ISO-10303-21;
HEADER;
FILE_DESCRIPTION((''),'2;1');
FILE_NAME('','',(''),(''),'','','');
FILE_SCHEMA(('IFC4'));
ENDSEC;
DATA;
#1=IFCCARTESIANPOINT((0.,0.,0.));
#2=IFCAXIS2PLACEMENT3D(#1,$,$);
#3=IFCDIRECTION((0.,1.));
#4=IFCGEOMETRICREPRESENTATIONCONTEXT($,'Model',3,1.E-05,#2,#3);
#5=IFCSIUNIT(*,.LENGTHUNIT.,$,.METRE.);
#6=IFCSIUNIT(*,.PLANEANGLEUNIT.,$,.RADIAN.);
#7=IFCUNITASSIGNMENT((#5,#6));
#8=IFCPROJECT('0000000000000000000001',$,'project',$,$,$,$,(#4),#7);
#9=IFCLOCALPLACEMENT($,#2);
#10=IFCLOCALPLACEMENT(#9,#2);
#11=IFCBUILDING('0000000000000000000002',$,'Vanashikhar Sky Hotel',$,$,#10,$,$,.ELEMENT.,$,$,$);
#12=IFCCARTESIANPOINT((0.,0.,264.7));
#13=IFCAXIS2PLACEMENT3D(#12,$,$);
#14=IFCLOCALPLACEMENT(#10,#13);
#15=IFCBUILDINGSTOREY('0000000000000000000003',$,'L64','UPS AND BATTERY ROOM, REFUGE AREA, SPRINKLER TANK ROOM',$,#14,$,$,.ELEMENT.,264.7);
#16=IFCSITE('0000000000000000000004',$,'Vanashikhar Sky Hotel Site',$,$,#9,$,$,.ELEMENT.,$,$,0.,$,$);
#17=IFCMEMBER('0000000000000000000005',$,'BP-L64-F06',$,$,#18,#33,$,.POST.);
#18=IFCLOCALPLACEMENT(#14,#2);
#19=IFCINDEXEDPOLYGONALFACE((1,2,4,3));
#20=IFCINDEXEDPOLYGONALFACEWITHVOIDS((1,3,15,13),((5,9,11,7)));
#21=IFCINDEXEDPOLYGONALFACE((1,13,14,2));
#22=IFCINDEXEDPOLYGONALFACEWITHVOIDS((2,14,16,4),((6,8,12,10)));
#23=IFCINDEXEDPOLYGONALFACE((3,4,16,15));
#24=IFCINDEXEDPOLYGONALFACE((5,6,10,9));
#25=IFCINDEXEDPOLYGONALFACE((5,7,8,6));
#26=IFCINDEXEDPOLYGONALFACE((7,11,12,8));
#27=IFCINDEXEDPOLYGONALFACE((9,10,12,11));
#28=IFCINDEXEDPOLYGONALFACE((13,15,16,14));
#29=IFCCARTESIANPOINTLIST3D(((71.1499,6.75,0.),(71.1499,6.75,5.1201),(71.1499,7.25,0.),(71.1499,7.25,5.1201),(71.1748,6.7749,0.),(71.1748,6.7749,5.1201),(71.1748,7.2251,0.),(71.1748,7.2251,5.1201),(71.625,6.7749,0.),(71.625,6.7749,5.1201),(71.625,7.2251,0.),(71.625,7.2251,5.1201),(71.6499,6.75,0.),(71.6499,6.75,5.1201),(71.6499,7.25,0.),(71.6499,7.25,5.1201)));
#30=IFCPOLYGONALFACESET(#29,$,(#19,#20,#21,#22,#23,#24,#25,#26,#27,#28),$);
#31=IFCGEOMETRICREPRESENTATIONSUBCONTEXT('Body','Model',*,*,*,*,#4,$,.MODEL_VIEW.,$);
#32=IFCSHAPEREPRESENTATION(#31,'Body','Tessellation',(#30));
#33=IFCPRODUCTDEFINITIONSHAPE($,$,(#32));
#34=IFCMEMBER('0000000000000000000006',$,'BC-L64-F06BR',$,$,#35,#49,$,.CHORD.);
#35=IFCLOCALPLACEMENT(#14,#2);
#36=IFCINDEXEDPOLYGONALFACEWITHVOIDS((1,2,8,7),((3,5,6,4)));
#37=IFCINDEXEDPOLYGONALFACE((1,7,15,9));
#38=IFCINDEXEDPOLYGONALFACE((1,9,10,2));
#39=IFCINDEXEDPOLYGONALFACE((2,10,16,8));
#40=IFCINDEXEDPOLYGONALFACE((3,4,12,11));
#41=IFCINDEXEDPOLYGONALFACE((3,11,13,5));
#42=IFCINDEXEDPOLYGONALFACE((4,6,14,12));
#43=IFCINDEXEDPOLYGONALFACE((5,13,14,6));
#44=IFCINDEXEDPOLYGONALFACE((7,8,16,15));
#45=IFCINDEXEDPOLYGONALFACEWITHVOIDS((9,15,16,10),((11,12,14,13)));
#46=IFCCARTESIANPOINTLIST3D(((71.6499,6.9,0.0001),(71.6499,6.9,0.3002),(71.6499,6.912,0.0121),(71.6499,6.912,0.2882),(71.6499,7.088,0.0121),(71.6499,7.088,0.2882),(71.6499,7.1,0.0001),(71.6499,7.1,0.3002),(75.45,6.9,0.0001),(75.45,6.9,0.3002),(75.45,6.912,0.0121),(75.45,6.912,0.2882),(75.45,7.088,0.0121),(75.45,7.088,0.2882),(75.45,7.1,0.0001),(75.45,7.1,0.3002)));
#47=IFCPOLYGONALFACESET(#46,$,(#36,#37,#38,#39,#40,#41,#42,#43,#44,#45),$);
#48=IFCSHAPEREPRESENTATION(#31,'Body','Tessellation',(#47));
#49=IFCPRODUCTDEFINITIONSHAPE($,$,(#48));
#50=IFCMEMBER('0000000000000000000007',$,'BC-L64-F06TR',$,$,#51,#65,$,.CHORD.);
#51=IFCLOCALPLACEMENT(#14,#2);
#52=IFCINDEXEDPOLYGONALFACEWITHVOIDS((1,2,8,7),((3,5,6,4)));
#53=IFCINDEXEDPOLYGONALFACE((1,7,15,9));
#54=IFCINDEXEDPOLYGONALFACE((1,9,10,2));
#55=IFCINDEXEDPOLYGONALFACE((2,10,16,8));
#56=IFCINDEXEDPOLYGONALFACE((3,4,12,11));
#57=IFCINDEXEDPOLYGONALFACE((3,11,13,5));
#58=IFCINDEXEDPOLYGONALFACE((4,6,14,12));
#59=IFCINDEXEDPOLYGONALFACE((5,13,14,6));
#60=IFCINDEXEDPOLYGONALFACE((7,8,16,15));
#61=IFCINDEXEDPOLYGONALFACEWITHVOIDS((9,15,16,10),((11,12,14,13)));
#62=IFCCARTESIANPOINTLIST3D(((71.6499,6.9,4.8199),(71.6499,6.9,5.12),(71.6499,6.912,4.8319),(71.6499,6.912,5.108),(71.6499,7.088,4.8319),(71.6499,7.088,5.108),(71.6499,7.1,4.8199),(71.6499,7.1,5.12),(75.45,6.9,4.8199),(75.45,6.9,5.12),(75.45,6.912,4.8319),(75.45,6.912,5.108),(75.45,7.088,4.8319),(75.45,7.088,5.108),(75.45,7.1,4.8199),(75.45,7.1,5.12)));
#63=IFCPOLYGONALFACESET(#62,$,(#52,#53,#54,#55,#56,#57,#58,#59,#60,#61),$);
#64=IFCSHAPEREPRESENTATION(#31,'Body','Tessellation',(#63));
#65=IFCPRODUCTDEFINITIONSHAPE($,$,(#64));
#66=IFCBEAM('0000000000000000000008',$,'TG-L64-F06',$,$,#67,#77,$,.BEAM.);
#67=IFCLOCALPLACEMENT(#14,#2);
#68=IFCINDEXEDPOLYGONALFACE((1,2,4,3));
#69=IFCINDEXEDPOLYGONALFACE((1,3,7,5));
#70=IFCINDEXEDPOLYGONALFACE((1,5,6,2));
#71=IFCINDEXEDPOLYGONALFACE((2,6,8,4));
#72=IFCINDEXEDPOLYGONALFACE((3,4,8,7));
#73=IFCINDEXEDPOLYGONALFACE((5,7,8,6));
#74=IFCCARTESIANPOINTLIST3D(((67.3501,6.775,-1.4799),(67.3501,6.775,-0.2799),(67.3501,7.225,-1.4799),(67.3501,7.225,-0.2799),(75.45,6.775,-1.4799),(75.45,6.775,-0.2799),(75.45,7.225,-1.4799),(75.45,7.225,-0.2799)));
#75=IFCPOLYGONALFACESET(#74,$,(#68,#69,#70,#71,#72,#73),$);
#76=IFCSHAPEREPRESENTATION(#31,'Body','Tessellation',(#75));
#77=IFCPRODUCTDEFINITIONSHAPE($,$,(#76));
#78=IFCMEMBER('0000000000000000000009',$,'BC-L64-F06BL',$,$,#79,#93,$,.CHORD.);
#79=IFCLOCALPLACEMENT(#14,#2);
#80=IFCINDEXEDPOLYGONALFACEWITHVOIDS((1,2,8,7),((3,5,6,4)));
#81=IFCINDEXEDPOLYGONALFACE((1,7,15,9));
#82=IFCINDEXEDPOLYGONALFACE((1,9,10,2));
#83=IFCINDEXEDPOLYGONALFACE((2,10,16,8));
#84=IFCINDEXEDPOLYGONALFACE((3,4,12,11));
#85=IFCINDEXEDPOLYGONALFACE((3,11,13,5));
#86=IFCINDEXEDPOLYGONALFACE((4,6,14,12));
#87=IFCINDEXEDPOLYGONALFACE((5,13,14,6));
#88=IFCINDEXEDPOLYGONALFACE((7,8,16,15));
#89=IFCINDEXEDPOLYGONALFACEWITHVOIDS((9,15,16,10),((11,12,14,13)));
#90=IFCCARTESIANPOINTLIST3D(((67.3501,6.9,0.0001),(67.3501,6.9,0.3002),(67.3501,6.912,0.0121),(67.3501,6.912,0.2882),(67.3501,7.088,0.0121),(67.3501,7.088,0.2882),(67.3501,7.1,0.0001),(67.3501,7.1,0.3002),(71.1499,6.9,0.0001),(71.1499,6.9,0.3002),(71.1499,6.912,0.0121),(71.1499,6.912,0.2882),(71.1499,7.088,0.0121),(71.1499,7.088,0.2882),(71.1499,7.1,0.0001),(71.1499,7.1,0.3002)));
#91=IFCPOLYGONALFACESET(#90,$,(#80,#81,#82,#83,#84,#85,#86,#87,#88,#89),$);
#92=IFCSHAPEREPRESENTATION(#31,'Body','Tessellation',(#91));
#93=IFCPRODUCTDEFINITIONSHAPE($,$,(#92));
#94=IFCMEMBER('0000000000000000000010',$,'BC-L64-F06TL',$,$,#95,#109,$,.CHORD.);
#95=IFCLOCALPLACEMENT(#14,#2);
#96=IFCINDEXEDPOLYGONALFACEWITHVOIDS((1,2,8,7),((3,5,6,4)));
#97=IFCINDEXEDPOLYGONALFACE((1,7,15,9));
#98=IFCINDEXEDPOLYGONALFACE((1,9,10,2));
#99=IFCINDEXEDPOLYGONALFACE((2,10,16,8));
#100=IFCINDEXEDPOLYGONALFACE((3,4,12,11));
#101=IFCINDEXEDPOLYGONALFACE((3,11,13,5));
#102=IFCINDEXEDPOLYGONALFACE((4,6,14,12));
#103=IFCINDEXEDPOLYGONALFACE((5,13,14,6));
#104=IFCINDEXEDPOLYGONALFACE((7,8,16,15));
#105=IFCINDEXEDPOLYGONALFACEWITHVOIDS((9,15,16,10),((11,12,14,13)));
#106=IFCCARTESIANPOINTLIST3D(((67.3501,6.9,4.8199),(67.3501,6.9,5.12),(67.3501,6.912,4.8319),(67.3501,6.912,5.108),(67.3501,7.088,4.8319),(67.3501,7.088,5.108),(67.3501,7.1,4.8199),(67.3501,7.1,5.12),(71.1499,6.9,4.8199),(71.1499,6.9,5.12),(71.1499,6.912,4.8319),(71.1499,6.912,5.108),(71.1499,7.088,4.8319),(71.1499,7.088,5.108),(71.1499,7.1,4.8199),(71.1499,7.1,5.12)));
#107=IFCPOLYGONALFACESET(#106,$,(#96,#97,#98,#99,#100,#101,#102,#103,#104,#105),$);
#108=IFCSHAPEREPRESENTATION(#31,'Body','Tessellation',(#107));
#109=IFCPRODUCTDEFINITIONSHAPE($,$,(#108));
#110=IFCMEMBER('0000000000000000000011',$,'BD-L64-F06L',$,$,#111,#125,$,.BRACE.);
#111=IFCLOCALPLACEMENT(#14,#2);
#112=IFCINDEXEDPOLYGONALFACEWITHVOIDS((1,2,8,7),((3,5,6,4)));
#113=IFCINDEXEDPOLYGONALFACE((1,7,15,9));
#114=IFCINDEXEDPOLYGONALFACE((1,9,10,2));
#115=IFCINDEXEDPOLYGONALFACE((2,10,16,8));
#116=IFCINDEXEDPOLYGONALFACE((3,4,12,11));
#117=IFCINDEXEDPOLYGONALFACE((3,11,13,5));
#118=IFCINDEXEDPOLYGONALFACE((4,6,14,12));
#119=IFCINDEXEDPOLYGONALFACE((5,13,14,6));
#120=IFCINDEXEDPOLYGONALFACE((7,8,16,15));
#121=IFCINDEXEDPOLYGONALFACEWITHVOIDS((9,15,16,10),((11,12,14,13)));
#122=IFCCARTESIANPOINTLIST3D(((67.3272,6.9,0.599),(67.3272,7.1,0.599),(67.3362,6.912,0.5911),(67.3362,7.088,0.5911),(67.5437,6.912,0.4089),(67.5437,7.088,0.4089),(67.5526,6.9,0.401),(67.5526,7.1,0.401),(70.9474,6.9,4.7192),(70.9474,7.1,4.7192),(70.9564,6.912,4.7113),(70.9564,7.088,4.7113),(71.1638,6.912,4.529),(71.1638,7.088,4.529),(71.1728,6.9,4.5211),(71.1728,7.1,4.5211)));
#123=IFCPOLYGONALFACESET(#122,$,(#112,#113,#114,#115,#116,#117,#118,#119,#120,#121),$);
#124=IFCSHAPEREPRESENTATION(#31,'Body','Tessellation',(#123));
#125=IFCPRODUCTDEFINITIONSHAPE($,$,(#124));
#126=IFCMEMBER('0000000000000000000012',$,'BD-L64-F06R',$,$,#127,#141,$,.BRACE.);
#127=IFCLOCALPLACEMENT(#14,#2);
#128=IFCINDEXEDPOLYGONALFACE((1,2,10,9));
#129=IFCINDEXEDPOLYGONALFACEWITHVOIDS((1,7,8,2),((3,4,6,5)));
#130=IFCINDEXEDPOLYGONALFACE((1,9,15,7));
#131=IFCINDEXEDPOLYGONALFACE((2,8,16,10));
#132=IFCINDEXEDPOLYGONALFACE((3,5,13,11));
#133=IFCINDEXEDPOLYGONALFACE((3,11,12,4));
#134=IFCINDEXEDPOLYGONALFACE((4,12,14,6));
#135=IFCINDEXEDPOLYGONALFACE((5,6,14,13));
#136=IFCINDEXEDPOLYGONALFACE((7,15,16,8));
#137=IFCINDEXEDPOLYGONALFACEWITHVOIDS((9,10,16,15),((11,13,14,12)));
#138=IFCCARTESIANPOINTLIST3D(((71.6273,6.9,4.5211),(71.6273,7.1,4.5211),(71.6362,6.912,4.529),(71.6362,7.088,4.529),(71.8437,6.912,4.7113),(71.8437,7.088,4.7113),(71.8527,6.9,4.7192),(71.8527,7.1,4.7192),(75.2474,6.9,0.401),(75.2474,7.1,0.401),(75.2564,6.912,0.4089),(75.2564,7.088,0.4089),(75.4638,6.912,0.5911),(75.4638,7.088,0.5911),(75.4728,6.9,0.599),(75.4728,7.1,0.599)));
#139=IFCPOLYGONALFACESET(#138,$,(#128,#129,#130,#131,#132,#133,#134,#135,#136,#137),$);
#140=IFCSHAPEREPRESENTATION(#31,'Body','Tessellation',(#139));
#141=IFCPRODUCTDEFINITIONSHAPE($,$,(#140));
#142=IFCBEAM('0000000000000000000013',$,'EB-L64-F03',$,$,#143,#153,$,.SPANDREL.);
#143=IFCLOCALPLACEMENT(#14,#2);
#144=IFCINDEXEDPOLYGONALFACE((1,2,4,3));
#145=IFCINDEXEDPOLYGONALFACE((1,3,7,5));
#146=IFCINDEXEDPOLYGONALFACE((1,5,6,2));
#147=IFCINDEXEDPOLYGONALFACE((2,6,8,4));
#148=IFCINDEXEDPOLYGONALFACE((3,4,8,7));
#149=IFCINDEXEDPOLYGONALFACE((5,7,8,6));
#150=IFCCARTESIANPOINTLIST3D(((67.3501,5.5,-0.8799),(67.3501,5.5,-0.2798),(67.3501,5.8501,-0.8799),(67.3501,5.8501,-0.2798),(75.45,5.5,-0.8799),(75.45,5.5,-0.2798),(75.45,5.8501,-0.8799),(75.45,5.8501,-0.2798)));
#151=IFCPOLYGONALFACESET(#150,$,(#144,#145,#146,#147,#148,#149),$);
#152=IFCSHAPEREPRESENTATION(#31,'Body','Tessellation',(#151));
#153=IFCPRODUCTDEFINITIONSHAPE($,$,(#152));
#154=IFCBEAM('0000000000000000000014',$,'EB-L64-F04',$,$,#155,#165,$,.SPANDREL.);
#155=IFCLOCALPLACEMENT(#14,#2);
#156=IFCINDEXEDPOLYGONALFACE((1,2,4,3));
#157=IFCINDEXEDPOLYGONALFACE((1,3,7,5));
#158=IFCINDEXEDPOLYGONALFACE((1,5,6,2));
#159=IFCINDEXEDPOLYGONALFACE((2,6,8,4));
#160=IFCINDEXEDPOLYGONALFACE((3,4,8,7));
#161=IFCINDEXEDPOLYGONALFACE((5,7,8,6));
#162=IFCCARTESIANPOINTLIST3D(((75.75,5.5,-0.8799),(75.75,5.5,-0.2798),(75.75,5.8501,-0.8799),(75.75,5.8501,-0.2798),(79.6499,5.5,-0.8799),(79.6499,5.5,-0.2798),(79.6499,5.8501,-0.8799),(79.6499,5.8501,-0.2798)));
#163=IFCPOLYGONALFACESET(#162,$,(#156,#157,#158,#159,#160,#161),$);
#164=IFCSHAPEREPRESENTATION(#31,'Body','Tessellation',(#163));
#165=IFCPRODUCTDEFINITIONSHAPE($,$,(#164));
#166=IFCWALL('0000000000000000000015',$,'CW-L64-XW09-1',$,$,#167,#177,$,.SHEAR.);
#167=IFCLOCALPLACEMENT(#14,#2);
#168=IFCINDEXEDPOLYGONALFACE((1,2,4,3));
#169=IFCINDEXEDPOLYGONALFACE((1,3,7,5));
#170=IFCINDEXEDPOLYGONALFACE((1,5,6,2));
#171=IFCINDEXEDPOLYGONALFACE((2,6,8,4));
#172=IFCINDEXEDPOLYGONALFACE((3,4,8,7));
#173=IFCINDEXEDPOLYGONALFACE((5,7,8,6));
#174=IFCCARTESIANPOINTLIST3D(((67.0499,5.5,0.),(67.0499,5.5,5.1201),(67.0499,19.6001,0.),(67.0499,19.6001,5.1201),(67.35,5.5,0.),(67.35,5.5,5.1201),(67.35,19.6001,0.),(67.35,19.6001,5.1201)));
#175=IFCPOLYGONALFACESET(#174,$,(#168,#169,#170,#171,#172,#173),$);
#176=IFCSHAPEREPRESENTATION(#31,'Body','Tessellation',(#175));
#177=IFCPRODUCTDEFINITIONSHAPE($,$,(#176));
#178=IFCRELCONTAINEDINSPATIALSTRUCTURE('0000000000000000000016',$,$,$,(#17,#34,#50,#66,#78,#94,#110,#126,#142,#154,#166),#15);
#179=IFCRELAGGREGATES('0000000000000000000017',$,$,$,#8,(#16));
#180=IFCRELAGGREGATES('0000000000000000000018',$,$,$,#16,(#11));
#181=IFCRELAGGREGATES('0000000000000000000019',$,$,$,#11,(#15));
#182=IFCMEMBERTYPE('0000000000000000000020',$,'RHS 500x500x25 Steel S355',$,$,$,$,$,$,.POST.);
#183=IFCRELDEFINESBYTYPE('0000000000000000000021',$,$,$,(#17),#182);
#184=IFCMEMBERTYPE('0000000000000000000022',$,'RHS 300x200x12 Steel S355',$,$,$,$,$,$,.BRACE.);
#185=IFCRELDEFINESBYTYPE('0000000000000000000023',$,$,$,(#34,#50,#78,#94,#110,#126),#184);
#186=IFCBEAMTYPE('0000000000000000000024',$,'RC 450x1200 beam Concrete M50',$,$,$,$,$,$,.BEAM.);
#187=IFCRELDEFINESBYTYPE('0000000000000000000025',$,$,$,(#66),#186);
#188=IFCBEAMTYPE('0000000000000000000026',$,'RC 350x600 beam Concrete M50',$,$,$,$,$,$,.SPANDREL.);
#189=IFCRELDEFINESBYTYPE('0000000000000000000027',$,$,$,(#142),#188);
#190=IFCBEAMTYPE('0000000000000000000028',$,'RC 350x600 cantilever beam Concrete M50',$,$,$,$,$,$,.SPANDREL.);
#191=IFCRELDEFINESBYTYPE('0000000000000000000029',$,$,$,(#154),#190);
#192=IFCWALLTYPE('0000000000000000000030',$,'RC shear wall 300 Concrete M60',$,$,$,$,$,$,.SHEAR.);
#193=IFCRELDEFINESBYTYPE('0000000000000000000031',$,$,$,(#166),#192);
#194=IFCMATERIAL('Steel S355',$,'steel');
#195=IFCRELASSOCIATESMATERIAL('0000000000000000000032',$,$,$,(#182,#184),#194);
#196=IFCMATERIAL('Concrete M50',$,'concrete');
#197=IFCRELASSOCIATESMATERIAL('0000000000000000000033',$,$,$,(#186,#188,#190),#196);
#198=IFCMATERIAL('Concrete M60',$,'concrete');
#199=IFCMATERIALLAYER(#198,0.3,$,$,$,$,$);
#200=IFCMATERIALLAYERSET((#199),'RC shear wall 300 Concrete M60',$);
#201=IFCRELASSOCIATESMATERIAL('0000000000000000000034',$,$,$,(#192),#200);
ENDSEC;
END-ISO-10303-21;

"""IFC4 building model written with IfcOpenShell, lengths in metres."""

from ifc_helpers import new_model, si_unit, direction, frame, frame_2d, origin, origin_2d, place, context, subcontext, project, spatial, rectangle, hollow_rectangle, extrude, source, transform, mapped, material, layer, layer_set, material_profile, profile_set, type_object, element, save


model = new_model("IFC4")

# Units and contexts
model_context = context("Model", 3, precision=1e-05, world=origin(), true_north=direction((0.0, 1.0)))
body_context = subcontext(model_context, "Body", "Model", "MODEL_VIEW")
ifc_project = project(units=[si_unit("LENGTHUNIT", "METRE"), si_unit("PLANEANGLEUNIT", "RADIAN")], contexts=[model_context])

# Site, building, storey
site_placement = place(None, origin())
site = spatial("IfcSite", under=ifc_project, at=site_placement, Name="Vanashikhar Sky Hotel Site", CompositionType="ELEMENT", RefElevation=0.0)
building_placement = place(site_placement, origin())
building = spatial("IfcBuilding", under=site, at=building_placement, Name="Vanashikhar Sky Hotel", CompositionType="ELEMENT")
storey_placement = place(building_placement, frame((0.0, 0.0, 264.7)))
storey = spatial("IfcBuildingStorey", under=building, at=storey_placement, Name="L64", Description="UPS AND BATTERY ROOM, REFUGE AREA, SPRINKLER TANK ROOM", CompositionType="ELEMENT", Elevation=264.7)

# Members
ifc_material_1 = material(Name="Steel S355", Category="steel")
ifc_material_profile_1 = material_profile(ifc_material_1, hollow_rectangle(XDim=0.5, YDim=0.5, WallThickness=0.0249, at=origin_2d()))
ifc_profile_set_1 = profile_set([ifc_material_profile_1], Name="RHS 500x500x25 Steel S355")
member_type_1 = type_object("IfcMemberType", Name="RHS 500x500x25 Steel S355", PredefinedType="POST", material=ifc_profile_set_1)
shared_shape_1 = source(origin(), body_context, "Body", "SweptSolid", [
    extrude(hollow_rectangle(XDim=0.5, YDim=0.5, WallThickness=0.0249, at=origin_2d()), origin(), (0.0, 0.0, 1.0), 5.1201),
])
member_placement = place(storey_placement, frame((71.3999, 7.0, 0.0), z_axis=(0.0, 0.0, 1.0), x_axis=(1.0, 0.0, 0.0)))
element("IfcMember", 1, at=member_placement, inside=storey, type_object=member_type_1, Name="BP-L64-F06", PredefinedType="POST", context=body_context, shape_type="MappedRepresentation", body=[
    mapped(shared_shape_1, transform((0.0, 0.0, 0.0), scale=1.0)),
])
ifc_material_profile_2 = material_profile(ifc_material_1, hollow_rectangle(XDim=0.2, YDim=0.3, WallThickness=0.012, at=origin_2d()))
ifc_profile_set_2 = profile_set([ifc_material_profile_2], Name="RHS 300x200x12 Steel S355")
member_type_2 = type_object("IfcMemberType", Name="RHS 300x200x12 Steel S355", PredefinedType="BRACE", material=ifc_profile_set_2)
shared_shape_2 = source(origin(), body_context, "Body", "SweptSolid", [
    extrude(hollow_rectangle(XDim=0.2, YDim=0.3, WallThickness=0.012, at=origin_2d()), origin(), (0.0, 0.0, 1.0), 3.8),
])
for number, where, z_axis, x_axis, name in (
    (2, (71.6499, 7.0, 0.1501), (1.0, 0.0, 0.0), (0.0, 1.0, 0.0), "BC-L64-F06BR"),
    (3, (71.6499, 7.0, 4.97), (1.0, 0.0, 0.0), (0.0, 1.0, 0.0), "BC-L64-F06TR"),
):
    element("IfcMember", number, at=place(storey_placement, frame(where, z_axis=z_axis, x_axis=x_axis)), inside=storey, type_object=member_type_2, Name=name, PredefinedType="CHORD", context=body_context, shape_type="MappedRepresentation", body=[
        mapped(shared_shape_2, transform((0.0, 0.0, 0.0), scale=1.0)),
    ])

# Beam
ifc_material_2 = material(Name="Concrete M50", Category="concrete")
ifc_material_profile_3 = material_profile(ifc_material_2, rectangle(XDim=0.45, YDim=1.2, at=origin_2d()))
ifc_profile_set_3 = profile_set([ifc_material_profile_3], Name="RC 450x1200 beam Concrete M50")
beam_type_1 = type_object("IfcBeamType", Name="RC 450x1200 beam Concrete M50", PredefinedType="BEAM", material=ifc_profile_set_3)
shared_shape_3 = source(origin(), body_context, "Body", "SweptSolid", [
    extrude(rectangle(XDim=0.45, YDim=1.2, at=origin_2d()), origin(), (0.0, 0.0, 1.0), 8.0999),
])
beam_1_placement = place(storey_placement, frame((67.3501, 7.0, -0.8799), z_axis=(1.0, 0.0, 0.0), x_axis=(0.0, 1.0, 0.0)))
element("IfcBeam", 4, at=beam_1_placement, inside=storey, type_object=beam_type_1, Name="TG-L64-F06", PredefinedType="BEAM", context=body_context, shape_type="MappedRepresentation", body=[
    mapped(shared_shape_3, transform((0.0, 0.0, 0.0), scale=1.0)),
])

# Members
shared_shape_4 = source(origin(), body_context, "Body", "SweptSolid", [
    extrude(hollow_rectangle(XDim=0.2, YDim=0.3, WallThickness=0.012, at=origin_2d()), origin(), (0.0, 0.0, 1.0), 3.7998),
])
for number, where, z_axis, x_axis, name in (
    (5, (67.3501, 7.0, 0.1501), (1.0, 0.0, 0.0), (0.0, 1.0, 0.0), "BC-L64-F06BL"),
    (6, (67.3501, 7.0, 4.97), (1.0, 0.0, 0.0), (0.0, 1.0, 0.0), "BC-L64-F06TL"),
):
    element("IfcMember", number, at=place(storey_placement, frame(where, z_axis=z_axis, x_axis=x_axis)), inside=storey, type_object=member_type_2, Name=name, PredefinedType="CHORD", context=body_context, shape_type="MappedRepresentation", body=[
        mapped(shared_shape_4, transform((0.0, 0.0, 0.0), scale=1.0)),
    ])
shared_shape_5 = source(origin(), body_context, "Body", "SweptSolid", [
    extrude(hollow_rectangle(XDim=0.2, YDim=0.3, WallThickness=0.012, at=origin_2d()), origin(), (0.0, 0.0, 1.0), 5.4846),
])
for number, where, z_axis, x_axis, name in (
    (7, (67.4399, 7.0, 0.5), (0.660054, 0.0, 0.751218), (0.0, 1.0, 0.0), "BD-L64-F06L"),
    (8, (75.3601, 7.0, 0.5), (-0.660054, 0.0, 0.751218), (0.0, -1.0, 0.0), "BD-L64-F06R"),
):
    element("IfcMember", number, at=place(storey_placement, frame(where, z_axis=z_axis, x_axis=x_axis)), inside=storey, type_object=member_type_2, Name=name, PredefinedType="BRACE", context=body_context, shape_type="MappedRepresentation", body=[
        mapped(shared_shape_5, transform((0.0, 0.0, 0.0), scale=1.0)),
    ])

# Beams
ifc_material_profile_4 = material_profile(ifc_material_2, rectangle(XDim=0.3501, YDim=0.6001, at=origin_2d()))
ifc_profile_set_4 = profile_set([ifc_material_profile_4], Name="RC 350x600 beam Concrete M50")
beam_type_2 = type_object("IfcBeamType", Name="RC 350x600 beam Concrete M50", PredefinedType="SPANDREL", material=ifc_profile_set_4)
shared_shape_6 = source(origin(), body_context, "Body", "SweptSolid", [
    extrude(rectangle(XDim=0.3501, YDim=0.6001, at=origin_2d()), origin(), (0.0, 0.0, 1.0), 8.0999),
])
beam_2_placement = place(storey_placement, frame((67.3501, 5.675, -0.5798), z_axis=(1.0, 0.0, 0.0), x_axis=(0.0, 1.0, 0.0)))
element("IfcBeam", 9, at=beam_2_placement, inside=storey, type_object=beam_type_2, Name="EB-L64-F03", PredefinedType="SPANDREL", context=body_context, shape_type="MappedRepresentation", body=[
    mapped(shared_shape_6, transform((0.0, 0.0, 0.0), scale=1.0)),
])
ifc_material_profile_5 = material_profile(ifc_material_2, rectangle(XDim=0.3501, YDim=0.6001, at=origin_2d()))
ifc_profile_set_5 = profile_set([ifc_material_profile_5], Name="RC 350x600 cantilever beam Concrete M50")
beam_type_3 = type_object("IfcBeamType", Name="RC 350x600 cantilever beam Concrete M50", PredefinedType="SPANDREL", material=ifc_profile_set_5)
shared_shape_7 = source(origin(), body_context, "Body", "SweptSolid", [
    extrude(rectangle(XDim=0.3501, YDim=0.6001, at=origin_2d()), origin(), (0.0, 0.0, 1.0), 3.8999),
])
beam_3_placement = place(storey_placement, frame((75.75, 5.675, -0.5798), z_axis=(1.0, 0.0, 0.0), x_axis=(0.0, 1.0, 0.0)))
element("IfcBeam", 10, at=beam_3_placement, inside=storey, type_object=beam_type_3, Name="EB-L64-F04", PredefinedType="SPANDREL", context=body_context, shape_type="MappedRepresentation", body=[
    mapped(shared_shape_7, transform((0.0, 0.0, 0.0), scale=1.0)),
])

# Wall
ifc_material_3 = material(Name="Concrete M60", Category="concrete")
ifc_layer_1 = layer(ifc_material_3, 0.3)
ifc_layer_set_1 = layer_set([ifc_layer_1], Name="RC shear wall 300 Concrete M60")
wall_type = type_object("IfcWallType", Name="RC shear wall 300 Concrete M60", PredefinedType="SHEAR", material=ifc_layer_set_1)
shared_shape_8 = source(origin(), body_context, "Body", "SweptSolid", [
    extrude(rectangle(XDim=14.1001, YDim=0.3, at=frame_2d((7.05, 0.0))), origin(), (0.0, 0.0, 1.0), 5.1201),
])
for number, where, z_axis, x_axis, name in (
    (11, (67.2, 5.5, 0.0), (0.0, 0.0, 1.0), (0.0, 1.0, 0.0), "CW-L64-XW09-1"),
):
    element("IfcWall", number, at=place(storey_placement, frame(where, z_axis=z_axis, x_axis=x_axis)), inside=storey, type_object=wall_type, Name=name, PredefinedType="SHEAR", context=body_context, shape_type="MappedRepresentation", body=[
        mapped(shared_shape_8, transform((0.0, 0.0, 0.0), scale=1.0)),
    ])

save(model, "model.ifc")
